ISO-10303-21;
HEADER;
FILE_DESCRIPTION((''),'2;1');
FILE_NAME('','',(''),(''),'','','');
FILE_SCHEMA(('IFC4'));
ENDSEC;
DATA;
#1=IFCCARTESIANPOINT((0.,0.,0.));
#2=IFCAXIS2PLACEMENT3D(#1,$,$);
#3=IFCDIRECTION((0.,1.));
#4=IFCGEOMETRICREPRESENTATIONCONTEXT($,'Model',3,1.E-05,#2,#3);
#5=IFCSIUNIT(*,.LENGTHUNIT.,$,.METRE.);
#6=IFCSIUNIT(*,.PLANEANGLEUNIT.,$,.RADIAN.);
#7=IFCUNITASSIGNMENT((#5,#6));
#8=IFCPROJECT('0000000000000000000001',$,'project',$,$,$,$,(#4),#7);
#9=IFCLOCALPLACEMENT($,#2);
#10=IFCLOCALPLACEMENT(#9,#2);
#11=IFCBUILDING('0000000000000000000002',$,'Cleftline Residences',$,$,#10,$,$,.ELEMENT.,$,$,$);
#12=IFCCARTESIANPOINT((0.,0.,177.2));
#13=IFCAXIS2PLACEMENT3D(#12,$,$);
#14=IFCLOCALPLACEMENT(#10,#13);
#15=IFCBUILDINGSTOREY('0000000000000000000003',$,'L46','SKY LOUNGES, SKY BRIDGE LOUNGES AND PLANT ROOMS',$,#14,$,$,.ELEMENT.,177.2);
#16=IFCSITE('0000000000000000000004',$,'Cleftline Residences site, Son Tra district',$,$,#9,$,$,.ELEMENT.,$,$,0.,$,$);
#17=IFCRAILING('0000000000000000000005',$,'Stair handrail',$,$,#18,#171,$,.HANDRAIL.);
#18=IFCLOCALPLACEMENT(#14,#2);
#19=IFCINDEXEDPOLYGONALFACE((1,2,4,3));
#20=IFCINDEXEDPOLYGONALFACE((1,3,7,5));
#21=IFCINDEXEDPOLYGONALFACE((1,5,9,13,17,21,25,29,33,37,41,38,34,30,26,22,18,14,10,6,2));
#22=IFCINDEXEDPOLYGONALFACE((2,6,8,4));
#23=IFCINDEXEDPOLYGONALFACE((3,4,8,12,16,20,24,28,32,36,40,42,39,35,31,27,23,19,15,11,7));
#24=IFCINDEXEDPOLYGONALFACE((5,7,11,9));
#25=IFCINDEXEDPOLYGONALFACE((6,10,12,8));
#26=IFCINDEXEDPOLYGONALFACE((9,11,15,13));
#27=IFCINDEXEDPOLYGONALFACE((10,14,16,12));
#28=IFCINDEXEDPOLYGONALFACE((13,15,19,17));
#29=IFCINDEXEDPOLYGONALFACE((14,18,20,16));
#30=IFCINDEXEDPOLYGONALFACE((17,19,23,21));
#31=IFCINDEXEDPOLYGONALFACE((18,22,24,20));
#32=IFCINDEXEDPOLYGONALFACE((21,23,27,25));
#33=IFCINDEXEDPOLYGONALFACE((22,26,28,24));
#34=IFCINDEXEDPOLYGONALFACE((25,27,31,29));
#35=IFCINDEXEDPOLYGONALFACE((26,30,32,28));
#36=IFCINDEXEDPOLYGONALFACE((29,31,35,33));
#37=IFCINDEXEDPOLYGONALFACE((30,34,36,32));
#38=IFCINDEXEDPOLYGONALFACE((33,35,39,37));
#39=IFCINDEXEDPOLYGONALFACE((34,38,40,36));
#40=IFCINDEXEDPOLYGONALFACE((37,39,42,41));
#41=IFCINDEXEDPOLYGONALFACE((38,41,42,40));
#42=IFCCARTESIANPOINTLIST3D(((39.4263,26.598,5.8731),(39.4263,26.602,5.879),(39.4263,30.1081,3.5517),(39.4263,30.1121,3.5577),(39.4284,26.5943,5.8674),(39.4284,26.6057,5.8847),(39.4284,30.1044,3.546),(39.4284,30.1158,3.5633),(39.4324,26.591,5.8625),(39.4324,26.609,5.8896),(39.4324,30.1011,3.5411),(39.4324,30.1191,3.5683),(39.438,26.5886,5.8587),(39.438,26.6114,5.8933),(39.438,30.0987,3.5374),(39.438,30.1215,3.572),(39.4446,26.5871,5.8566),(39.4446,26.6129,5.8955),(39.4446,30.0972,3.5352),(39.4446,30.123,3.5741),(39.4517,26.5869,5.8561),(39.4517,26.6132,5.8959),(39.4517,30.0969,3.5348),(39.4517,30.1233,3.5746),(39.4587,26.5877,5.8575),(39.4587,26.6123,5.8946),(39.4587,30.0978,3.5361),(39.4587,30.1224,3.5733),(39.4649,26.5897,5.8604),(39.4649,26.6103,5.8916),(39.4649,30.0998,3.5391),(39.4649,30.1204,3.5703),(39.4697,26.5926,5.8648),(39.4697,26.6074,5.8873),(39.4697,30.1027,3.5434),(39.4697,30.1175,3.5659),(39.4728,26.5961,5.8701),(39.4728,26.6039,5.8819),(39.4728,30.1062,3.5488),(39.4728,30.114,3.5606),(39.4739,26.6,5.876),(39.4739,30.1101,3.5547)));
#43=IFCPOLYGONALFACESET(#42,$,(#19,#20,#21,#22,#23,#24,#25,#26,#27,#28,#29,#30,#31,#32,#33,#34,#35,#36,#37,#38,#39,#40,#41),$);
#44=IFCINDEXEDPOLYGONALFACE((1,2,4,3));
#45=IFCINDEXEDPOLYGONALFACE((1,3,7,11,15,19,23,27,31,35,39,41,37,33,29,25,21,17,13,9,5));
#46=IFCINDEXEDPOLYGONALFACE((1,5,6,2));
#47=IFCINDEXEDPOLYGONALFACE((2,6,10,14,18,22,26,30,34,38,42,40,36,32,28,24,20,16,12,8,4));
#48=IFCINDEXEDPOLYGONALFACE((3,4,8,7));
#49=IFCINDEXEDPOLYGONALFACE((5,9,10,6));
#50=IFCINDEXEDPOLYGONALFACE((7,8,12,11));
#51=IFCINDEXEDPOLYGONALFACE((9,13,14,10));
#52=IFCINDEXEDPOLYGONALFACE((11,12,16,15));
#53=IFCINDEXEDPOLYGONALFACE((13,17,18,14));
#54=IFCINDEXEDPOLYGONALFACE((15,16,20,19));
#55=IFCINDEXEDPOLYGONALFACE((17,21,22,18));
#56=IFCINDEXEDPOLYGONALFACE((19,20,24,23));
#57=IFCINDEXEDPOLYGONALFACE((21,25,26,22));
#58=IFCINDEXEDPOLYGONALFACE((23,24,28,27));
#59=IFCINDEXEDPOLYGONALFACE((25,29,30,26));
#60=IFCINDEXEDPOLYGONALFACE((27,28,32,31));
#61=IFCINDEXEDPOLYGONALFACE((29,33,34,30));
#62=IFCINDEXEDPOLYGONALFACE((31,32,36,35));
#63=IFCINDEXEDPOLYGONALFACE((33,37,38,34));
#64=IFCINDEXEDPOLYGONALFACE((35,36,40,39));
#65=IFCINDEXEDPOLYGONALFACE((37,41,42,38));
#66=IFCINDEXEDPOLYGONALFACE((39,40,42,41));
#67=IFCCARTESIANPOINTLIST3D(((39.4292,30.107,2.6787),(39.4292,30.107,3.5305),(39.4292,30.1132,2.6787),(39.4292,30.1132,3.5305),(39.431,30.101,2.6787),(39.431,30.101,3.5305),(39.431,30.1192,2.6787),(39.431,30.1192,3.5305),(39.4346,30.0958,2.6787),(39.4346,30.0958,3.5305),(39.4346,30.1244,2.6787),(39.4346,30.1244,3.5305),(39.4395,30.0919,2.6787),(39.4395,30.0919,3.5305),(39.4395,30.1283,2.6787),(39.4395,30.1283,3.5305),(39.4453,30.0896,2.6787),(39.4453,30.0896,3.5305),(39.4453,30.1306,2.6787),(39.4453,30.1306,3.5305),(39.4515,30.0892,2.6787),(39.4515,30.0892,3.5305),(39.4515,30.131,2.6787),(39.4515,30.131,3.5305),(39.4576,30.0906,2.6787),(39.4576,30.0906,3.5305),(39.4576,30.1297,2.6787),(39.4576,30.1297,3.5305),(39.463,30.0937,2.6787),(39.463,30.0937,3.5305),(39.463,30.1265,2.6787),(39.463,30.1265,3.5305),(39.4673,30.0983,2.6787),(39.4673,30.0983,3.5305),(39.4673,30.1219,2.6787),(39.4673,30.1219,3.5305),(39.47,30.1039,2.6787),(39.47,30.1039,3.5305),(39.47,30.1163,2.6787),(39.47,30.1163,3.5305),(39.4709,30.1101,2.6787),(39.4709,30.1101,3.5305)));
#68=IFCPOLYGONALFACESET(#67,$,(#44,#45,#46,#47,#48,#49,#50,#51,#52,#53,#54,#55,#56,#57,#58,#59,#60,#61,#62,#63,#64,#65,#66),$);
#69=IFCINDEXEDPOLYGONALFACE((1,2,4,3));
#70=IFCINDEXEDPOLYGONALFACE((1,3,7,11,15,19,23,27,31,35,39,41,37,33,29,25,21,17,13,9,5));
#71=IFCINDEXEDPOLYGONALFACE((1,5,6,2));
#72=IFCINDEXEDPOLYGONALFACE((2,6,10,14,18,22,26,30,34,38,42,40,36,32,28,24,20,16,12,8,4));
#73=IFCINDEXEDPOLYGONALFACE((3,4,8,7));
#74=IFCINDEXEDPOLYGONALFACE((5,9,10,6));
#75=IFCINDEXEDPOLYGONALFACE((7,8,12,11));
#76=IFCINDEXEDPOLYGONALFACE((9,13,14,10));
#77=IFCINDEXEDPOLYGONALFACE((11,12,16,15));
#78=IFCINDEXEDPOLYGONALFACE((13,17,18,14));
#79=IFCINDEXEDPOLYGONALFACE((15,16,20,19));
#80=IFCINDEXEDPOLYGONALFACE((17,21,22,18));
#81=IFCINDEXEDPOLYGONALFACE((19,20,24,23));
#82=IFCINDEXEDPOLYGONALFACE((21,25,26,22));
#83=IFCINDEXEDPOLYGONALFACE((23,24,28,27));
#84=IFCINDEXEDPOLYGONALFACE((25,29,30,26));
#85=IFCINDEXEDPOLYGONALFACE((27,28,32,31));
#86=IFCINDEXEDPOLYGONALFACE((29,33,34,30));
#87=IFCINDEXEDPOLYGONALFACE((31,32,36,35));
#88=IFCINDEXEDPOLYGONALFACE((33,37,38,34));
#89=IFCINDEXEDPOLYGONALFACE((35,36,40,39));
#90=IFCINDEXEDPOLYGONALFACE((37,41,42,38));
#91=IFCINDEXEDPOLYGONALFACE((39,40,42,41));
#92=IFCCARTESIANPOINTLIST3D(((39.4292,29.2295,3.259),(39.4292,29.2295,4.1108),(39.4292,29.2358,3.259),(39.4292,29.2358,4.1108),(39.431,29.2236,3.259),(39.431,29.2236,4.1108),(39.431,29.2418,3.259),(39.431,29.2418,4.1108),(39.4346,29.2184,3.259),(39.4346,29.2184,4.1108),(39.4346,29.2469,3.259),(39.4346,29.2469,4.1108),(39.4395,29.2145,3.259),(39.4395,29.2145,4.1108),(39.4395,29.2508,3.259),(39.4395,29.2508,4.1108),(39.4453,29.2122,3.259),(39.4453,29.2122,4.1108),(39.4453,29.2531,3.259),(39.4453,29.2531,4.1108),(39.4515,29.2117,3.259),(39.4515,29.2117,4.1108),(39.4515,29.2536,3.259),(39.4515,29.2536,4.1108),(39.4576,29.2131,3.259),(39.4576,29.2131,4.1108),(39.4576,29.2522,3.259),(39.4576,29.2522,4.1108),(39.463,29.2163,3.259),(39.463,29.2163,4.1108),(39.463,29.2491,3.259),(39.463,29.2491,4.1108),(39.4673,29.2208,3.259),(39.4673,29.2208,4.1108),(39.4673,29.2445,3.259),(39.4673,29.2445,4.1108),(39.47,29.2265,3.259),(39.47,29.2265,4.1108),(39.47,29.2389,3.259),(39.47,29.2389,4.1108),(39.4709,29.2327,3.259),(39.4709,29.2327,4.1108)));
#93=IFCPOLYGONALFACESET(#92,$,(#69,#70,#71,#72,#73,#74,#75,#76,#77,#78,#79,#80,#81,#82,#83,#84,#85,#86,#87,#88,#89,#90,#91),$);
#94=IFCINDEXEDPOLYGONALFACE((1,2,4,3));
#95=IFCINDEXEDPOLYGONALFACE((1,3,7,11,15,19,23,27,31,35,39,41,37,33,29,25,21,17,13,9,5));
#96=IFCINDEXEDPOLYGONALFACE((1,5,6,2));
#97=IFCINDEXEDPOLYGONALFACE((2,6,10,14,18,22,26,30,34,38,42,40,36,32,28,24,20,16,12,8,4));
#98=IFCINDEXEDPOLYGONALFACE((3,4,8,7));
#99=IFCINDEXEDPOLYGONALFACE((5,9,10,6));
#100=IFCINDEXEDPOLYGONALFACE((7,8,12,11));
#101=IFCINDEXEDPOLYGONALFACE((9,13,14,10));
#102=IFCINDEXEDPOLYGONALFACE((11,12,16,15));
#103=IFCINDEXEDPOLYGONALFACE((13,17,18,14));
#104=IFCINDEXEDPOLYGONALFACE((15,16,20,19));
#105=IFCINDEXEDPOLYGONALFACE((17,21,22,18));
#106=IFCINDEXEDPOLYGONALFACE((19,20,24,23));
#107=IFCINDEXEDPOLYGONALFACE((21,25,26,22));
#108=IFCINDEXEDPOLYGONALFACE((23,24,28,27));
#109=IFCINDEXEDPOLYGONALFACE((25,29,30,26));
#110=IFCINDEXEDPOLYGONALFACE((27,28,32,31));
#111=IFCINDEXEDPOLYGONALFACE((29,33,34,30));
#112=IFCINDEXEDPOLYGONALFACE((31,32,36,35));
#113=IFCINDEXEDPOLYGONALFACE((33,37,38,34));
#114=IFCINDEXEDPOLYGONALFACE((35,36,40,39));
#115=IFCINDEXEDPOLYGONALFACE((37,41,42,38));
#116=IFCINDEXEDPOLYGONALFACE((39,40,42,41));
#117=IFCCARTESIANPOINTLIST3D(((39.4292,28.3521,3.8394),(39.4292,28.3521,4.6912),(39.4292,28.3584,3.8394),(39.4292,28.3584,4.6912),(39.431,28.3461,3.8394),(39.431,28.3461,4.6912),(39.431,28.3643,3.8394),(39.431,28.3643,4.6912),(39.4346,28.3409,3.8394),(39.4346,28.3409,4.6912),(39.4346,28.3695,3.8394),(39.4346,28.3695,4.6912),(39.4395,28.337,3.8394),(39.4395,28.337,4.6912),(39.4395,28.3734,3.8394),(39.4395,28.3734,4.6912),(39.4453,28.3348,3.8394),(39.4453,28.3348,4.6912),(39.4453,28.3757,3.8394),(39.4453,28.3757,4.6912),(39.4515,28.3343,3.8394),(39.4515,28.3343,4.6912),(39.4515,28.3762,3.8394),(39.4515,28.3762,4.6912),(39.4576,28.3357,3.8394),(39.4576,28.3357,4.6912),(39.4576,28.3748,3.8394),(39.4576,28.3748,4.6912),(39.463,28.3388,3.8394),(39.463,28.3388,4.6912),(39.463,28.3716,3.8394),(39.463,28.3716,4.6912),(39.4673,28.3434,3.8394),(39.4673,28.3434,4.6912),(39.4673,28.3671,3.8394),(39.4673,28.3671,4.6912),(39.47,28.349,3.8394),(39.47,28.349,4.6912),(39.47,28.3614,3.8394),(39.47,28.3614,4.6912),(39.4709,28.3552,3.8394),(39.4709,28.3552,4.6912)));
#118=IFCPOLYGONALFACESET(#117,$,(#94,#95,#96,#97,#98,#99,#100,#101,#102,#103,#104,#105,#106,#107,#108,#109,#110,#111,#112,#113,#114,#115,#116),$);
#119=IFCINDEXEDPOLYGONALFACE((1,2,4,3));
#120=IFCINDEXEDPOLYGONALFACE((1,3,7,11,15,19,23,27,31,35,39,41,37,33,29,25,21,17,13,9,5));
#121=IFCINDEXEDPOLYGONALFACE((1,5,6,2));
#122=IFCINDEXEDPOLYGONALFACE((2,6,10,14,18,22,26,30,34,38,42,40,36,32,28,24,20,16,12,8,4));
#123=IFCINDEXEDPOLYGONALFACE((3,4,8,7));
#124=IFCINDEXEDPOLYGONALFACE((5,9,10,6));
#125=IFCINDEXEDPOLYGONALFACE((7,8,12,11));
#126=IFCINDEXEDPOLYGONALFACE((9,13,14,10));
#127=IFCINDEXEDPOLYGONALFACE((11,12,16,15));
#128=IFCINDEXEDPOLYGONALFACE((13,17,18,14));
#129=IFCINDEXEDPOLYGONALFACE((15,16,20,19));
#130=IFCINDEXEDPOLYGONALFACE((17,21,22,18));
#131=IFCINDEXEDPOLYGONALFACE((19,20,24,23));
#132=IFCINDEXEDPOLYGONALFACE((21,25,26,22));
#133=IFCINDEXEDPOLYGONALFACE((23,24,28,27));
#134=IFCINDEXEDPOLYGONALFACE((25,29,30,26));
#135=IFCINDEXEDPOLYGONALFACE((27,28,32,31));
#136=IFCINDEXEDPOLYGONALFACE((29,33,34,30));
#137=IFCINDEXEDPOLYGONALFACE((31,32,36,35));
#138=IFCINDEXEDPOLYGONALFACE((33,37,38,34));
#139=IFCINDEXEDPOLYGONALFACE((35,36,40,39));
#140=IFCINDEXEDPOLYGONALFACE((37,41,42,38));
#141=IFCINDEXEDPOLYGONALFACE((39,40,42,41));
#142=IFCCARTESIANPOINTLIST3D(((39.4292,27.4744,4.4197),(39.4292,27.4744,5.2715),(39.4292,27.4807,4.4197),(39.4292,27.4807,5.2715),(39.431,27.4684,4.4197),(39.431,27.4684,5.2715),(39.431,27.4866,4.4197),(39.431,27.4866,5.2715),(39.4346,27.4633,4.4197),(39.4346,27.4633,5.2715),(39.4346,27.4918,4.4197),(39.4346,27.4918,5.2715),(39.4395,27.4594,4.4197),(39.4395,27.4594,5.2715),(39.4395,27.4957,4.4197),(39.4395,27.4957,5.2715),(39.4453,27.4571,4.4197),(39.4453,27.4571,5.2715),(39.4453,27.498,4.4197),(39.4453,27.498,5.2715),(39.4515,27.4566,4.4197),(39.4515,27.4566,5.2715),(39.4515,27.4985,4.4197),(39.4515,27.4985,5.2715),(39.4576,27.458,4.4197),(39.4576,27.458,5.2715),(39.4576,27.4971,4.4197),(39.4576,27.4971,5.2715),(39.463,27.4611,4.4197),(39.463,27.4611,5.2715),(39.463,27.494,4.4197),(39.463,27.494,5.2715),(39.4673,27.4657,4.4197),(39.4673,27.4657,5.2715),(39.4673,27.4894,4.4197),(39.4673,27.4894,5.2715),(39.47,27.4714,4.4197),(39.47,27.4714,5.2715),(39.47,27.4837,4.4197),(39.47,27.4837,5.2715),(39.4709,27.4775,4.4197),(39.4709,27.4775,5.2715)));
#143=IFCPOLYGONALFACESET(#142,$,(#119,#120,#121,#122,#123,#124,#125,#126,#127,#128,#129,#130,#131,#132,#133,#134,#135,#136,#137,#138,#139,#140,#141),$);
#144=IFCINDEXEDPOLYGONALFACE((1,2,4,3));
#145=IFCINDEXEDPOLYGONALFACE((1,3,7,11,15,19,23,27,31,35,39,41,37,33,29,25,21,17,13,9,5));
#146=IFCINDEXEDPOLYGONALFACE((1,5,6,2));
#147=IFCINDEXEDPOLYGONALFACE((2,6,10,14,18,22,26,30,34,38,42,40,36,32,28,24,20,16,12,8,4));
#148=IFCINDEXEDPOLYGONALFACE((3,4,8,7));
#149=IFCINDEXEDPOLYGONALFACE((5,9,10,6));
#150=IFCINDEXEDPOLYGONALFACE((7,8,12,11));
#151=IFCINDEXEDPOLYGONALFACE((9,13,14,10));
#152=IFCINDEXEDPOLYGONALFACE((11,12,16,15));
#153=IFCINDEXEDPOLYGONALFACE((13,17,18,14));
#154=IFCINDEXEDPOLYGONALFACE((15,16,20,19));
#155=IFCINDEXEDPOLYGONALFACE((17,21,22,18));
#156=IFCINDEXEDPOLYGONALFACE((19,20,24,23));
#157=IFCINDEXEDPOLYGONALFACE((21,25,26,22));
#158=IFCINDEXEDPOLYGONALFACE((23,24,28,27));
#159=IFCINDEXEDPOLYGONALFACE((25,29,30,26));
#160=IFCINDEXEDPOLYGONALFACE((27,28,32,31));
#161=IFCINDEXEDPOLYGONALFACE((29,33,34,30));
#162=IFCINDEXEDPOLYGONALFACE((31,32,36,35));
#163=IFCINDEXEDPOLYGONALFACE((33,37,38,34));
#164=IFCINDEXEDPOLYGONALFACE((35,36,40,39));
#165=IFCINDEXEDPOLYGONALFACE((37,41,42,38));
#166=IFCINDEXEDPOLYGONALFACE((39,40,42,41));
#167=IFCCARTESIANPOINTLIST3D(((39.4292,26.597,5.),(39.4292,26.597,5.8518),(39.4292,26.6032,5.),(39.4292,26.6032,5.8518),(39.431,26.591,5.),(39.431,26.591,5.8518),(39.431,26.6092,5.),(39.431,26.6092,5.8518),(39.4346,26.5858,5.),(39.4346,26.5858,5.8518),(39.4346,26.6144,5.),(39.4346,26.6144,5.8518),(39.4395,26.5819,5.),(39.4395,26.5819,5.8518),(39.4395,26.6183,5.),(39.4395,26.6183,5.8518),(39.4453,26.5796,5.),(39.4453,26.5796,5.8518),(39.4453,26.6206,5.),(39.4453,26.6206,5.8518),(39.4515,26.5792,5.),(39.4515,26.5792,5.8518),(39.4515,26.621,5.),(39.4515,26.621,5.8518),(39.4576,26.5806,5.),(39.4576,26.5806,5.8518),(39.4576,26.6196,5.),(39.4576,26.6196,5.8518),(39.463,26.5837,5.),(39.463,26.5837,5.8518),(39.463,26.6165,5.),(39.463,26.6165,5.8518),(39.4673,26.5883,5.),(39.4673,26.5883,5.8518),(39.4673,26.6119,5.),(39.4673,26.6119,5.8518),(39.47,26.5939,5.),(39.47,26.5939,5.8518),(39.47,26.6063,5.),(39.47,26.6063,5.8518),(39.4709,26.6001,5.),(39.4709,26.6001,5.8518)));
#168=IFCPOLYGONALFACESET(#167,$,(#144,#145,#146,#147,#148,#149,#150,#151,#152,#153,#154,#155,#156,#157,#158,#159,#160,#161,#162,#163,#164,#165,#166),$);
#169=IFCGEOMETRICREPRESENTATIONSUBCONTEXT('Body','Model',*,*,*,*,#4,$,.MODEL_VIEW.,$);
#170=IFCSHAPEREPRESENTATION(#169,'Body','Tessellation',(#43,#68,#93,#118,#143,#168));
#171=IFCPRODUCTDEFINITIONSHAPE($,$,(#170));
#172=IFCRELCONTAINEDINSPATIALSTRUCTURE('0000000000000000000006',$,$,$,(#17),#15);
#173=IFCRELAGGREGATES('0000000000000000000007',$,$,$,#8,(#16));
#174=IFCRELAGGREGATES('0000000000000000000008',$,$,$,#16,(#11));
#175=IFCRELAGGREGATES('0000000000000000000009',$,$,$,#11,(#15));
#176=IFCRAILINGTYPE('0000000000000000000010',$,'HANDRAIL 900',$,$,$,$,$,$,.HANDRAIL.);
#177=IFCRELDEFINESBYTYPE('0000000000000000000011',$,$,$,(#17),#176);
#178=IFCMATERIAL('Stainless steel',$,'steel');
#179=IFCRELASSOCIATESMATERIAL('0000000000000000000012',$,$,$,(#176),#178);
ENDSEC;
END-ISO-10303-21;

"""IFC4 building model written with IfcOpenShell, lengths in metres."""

from ifc_helpers import new_model, si_unit, direction, frame, origin, origin_2d, place, context, subcontext, project, spatial, circle, extrude, material, type_object, element, save


model = new_model("IFC4")

# Units and contexts
model_context = context("Model", 3, precision=1e-05, world=origin(), true_north=direction((0.0, 1.0)))
body_context = subcontext(model_context, "Body", "Model", "MODEL_VIEW")
ifc_project = project(units=[si_unit("LENGTHUNIT", "METRE"), si_unit("PLANEANGLEUNIT", "RADIAN")], contexts=[model_context])

# Site, building, storey
site_placement = place(None, origin())
site = spatial("IfcSite", under=ifc_project, at=site_placement, Name="Cleftline Residences site, Son Tra district", CompositionType="ELEMENT", RefElevation=0.0)
building_placement = place(site_placement, origin())
building = spatial("IfcBuilding", under=site, at=building_placement, Name="Cleftline Residences", CompositionType="ELEMENT")
storey_placement = place(building_placement, frame((0.0, 0.0, 177.2)))
storey = spatial("IfcBuildingStorey", under=building, at=storey_placement, Name="L46", Description="SKY LOUNGES, SKY BRIDGE LOUNGES AND PLANT ROOMS", CompositionType="ELEMENT", Elevation=177.2)

# Railing
ifc_material_1 = material(Name="Stainless steel", Category="steel")
railing_type = type_object("IfcRailingType", Name="HANDRAIL 900", PredefinedType="HANDRAIL", material=ifc_material_1)
railing_1_placement = place(storey_placement, frame((39.45, 30.1101, 2.6787)))
element("IfcRailing", 1, at=railing_1_placement, inside=storey, type_object=railing_type, Name="Stair handrail", PredefinedType="HANDRAIL", context=body_context, shape_type="SweptSolid", body=[
    extrude(circle(Radius=0.0239, at=origin_2d()), frame((0.0, 0.0, 0.876), z_axis=(0.0, -0.834097, 0.551617), x_axis=(1.0, 0.0, 0.0)), (0.0, 0.0, 1.0), 4.2083),
    extrude(circle(Radius=0.021, at=origin_2d()), origin(), (0.0, 0.0, 1.0), 0.8518),
    extrude(circle(Radius=0.021, at=origin_2d()), frame((0.0, -0.8774, 0.5803)), (0.0, 0.0, 1.0), 0.8518),
    extrude(circle(Radius=0.021, at=origin_2d()), frame((0.0, -1.7549, 1.1606)), (0.0, 0.0, 1.0), 0.8518),
    extrude(circle(Radius=0.021, at=origin_2d()), frame((0.0, -2.6326, 1.741)), (0.0, 0.0, 1.0), 0.8518),
    extrude(circle(Radius=0.021, at=origin_2d()), frame((0.0, -3.51, 2.3213)), (0.0, 0.0, 1.0), 0.8518),
])

save(model, "model.ifc")
